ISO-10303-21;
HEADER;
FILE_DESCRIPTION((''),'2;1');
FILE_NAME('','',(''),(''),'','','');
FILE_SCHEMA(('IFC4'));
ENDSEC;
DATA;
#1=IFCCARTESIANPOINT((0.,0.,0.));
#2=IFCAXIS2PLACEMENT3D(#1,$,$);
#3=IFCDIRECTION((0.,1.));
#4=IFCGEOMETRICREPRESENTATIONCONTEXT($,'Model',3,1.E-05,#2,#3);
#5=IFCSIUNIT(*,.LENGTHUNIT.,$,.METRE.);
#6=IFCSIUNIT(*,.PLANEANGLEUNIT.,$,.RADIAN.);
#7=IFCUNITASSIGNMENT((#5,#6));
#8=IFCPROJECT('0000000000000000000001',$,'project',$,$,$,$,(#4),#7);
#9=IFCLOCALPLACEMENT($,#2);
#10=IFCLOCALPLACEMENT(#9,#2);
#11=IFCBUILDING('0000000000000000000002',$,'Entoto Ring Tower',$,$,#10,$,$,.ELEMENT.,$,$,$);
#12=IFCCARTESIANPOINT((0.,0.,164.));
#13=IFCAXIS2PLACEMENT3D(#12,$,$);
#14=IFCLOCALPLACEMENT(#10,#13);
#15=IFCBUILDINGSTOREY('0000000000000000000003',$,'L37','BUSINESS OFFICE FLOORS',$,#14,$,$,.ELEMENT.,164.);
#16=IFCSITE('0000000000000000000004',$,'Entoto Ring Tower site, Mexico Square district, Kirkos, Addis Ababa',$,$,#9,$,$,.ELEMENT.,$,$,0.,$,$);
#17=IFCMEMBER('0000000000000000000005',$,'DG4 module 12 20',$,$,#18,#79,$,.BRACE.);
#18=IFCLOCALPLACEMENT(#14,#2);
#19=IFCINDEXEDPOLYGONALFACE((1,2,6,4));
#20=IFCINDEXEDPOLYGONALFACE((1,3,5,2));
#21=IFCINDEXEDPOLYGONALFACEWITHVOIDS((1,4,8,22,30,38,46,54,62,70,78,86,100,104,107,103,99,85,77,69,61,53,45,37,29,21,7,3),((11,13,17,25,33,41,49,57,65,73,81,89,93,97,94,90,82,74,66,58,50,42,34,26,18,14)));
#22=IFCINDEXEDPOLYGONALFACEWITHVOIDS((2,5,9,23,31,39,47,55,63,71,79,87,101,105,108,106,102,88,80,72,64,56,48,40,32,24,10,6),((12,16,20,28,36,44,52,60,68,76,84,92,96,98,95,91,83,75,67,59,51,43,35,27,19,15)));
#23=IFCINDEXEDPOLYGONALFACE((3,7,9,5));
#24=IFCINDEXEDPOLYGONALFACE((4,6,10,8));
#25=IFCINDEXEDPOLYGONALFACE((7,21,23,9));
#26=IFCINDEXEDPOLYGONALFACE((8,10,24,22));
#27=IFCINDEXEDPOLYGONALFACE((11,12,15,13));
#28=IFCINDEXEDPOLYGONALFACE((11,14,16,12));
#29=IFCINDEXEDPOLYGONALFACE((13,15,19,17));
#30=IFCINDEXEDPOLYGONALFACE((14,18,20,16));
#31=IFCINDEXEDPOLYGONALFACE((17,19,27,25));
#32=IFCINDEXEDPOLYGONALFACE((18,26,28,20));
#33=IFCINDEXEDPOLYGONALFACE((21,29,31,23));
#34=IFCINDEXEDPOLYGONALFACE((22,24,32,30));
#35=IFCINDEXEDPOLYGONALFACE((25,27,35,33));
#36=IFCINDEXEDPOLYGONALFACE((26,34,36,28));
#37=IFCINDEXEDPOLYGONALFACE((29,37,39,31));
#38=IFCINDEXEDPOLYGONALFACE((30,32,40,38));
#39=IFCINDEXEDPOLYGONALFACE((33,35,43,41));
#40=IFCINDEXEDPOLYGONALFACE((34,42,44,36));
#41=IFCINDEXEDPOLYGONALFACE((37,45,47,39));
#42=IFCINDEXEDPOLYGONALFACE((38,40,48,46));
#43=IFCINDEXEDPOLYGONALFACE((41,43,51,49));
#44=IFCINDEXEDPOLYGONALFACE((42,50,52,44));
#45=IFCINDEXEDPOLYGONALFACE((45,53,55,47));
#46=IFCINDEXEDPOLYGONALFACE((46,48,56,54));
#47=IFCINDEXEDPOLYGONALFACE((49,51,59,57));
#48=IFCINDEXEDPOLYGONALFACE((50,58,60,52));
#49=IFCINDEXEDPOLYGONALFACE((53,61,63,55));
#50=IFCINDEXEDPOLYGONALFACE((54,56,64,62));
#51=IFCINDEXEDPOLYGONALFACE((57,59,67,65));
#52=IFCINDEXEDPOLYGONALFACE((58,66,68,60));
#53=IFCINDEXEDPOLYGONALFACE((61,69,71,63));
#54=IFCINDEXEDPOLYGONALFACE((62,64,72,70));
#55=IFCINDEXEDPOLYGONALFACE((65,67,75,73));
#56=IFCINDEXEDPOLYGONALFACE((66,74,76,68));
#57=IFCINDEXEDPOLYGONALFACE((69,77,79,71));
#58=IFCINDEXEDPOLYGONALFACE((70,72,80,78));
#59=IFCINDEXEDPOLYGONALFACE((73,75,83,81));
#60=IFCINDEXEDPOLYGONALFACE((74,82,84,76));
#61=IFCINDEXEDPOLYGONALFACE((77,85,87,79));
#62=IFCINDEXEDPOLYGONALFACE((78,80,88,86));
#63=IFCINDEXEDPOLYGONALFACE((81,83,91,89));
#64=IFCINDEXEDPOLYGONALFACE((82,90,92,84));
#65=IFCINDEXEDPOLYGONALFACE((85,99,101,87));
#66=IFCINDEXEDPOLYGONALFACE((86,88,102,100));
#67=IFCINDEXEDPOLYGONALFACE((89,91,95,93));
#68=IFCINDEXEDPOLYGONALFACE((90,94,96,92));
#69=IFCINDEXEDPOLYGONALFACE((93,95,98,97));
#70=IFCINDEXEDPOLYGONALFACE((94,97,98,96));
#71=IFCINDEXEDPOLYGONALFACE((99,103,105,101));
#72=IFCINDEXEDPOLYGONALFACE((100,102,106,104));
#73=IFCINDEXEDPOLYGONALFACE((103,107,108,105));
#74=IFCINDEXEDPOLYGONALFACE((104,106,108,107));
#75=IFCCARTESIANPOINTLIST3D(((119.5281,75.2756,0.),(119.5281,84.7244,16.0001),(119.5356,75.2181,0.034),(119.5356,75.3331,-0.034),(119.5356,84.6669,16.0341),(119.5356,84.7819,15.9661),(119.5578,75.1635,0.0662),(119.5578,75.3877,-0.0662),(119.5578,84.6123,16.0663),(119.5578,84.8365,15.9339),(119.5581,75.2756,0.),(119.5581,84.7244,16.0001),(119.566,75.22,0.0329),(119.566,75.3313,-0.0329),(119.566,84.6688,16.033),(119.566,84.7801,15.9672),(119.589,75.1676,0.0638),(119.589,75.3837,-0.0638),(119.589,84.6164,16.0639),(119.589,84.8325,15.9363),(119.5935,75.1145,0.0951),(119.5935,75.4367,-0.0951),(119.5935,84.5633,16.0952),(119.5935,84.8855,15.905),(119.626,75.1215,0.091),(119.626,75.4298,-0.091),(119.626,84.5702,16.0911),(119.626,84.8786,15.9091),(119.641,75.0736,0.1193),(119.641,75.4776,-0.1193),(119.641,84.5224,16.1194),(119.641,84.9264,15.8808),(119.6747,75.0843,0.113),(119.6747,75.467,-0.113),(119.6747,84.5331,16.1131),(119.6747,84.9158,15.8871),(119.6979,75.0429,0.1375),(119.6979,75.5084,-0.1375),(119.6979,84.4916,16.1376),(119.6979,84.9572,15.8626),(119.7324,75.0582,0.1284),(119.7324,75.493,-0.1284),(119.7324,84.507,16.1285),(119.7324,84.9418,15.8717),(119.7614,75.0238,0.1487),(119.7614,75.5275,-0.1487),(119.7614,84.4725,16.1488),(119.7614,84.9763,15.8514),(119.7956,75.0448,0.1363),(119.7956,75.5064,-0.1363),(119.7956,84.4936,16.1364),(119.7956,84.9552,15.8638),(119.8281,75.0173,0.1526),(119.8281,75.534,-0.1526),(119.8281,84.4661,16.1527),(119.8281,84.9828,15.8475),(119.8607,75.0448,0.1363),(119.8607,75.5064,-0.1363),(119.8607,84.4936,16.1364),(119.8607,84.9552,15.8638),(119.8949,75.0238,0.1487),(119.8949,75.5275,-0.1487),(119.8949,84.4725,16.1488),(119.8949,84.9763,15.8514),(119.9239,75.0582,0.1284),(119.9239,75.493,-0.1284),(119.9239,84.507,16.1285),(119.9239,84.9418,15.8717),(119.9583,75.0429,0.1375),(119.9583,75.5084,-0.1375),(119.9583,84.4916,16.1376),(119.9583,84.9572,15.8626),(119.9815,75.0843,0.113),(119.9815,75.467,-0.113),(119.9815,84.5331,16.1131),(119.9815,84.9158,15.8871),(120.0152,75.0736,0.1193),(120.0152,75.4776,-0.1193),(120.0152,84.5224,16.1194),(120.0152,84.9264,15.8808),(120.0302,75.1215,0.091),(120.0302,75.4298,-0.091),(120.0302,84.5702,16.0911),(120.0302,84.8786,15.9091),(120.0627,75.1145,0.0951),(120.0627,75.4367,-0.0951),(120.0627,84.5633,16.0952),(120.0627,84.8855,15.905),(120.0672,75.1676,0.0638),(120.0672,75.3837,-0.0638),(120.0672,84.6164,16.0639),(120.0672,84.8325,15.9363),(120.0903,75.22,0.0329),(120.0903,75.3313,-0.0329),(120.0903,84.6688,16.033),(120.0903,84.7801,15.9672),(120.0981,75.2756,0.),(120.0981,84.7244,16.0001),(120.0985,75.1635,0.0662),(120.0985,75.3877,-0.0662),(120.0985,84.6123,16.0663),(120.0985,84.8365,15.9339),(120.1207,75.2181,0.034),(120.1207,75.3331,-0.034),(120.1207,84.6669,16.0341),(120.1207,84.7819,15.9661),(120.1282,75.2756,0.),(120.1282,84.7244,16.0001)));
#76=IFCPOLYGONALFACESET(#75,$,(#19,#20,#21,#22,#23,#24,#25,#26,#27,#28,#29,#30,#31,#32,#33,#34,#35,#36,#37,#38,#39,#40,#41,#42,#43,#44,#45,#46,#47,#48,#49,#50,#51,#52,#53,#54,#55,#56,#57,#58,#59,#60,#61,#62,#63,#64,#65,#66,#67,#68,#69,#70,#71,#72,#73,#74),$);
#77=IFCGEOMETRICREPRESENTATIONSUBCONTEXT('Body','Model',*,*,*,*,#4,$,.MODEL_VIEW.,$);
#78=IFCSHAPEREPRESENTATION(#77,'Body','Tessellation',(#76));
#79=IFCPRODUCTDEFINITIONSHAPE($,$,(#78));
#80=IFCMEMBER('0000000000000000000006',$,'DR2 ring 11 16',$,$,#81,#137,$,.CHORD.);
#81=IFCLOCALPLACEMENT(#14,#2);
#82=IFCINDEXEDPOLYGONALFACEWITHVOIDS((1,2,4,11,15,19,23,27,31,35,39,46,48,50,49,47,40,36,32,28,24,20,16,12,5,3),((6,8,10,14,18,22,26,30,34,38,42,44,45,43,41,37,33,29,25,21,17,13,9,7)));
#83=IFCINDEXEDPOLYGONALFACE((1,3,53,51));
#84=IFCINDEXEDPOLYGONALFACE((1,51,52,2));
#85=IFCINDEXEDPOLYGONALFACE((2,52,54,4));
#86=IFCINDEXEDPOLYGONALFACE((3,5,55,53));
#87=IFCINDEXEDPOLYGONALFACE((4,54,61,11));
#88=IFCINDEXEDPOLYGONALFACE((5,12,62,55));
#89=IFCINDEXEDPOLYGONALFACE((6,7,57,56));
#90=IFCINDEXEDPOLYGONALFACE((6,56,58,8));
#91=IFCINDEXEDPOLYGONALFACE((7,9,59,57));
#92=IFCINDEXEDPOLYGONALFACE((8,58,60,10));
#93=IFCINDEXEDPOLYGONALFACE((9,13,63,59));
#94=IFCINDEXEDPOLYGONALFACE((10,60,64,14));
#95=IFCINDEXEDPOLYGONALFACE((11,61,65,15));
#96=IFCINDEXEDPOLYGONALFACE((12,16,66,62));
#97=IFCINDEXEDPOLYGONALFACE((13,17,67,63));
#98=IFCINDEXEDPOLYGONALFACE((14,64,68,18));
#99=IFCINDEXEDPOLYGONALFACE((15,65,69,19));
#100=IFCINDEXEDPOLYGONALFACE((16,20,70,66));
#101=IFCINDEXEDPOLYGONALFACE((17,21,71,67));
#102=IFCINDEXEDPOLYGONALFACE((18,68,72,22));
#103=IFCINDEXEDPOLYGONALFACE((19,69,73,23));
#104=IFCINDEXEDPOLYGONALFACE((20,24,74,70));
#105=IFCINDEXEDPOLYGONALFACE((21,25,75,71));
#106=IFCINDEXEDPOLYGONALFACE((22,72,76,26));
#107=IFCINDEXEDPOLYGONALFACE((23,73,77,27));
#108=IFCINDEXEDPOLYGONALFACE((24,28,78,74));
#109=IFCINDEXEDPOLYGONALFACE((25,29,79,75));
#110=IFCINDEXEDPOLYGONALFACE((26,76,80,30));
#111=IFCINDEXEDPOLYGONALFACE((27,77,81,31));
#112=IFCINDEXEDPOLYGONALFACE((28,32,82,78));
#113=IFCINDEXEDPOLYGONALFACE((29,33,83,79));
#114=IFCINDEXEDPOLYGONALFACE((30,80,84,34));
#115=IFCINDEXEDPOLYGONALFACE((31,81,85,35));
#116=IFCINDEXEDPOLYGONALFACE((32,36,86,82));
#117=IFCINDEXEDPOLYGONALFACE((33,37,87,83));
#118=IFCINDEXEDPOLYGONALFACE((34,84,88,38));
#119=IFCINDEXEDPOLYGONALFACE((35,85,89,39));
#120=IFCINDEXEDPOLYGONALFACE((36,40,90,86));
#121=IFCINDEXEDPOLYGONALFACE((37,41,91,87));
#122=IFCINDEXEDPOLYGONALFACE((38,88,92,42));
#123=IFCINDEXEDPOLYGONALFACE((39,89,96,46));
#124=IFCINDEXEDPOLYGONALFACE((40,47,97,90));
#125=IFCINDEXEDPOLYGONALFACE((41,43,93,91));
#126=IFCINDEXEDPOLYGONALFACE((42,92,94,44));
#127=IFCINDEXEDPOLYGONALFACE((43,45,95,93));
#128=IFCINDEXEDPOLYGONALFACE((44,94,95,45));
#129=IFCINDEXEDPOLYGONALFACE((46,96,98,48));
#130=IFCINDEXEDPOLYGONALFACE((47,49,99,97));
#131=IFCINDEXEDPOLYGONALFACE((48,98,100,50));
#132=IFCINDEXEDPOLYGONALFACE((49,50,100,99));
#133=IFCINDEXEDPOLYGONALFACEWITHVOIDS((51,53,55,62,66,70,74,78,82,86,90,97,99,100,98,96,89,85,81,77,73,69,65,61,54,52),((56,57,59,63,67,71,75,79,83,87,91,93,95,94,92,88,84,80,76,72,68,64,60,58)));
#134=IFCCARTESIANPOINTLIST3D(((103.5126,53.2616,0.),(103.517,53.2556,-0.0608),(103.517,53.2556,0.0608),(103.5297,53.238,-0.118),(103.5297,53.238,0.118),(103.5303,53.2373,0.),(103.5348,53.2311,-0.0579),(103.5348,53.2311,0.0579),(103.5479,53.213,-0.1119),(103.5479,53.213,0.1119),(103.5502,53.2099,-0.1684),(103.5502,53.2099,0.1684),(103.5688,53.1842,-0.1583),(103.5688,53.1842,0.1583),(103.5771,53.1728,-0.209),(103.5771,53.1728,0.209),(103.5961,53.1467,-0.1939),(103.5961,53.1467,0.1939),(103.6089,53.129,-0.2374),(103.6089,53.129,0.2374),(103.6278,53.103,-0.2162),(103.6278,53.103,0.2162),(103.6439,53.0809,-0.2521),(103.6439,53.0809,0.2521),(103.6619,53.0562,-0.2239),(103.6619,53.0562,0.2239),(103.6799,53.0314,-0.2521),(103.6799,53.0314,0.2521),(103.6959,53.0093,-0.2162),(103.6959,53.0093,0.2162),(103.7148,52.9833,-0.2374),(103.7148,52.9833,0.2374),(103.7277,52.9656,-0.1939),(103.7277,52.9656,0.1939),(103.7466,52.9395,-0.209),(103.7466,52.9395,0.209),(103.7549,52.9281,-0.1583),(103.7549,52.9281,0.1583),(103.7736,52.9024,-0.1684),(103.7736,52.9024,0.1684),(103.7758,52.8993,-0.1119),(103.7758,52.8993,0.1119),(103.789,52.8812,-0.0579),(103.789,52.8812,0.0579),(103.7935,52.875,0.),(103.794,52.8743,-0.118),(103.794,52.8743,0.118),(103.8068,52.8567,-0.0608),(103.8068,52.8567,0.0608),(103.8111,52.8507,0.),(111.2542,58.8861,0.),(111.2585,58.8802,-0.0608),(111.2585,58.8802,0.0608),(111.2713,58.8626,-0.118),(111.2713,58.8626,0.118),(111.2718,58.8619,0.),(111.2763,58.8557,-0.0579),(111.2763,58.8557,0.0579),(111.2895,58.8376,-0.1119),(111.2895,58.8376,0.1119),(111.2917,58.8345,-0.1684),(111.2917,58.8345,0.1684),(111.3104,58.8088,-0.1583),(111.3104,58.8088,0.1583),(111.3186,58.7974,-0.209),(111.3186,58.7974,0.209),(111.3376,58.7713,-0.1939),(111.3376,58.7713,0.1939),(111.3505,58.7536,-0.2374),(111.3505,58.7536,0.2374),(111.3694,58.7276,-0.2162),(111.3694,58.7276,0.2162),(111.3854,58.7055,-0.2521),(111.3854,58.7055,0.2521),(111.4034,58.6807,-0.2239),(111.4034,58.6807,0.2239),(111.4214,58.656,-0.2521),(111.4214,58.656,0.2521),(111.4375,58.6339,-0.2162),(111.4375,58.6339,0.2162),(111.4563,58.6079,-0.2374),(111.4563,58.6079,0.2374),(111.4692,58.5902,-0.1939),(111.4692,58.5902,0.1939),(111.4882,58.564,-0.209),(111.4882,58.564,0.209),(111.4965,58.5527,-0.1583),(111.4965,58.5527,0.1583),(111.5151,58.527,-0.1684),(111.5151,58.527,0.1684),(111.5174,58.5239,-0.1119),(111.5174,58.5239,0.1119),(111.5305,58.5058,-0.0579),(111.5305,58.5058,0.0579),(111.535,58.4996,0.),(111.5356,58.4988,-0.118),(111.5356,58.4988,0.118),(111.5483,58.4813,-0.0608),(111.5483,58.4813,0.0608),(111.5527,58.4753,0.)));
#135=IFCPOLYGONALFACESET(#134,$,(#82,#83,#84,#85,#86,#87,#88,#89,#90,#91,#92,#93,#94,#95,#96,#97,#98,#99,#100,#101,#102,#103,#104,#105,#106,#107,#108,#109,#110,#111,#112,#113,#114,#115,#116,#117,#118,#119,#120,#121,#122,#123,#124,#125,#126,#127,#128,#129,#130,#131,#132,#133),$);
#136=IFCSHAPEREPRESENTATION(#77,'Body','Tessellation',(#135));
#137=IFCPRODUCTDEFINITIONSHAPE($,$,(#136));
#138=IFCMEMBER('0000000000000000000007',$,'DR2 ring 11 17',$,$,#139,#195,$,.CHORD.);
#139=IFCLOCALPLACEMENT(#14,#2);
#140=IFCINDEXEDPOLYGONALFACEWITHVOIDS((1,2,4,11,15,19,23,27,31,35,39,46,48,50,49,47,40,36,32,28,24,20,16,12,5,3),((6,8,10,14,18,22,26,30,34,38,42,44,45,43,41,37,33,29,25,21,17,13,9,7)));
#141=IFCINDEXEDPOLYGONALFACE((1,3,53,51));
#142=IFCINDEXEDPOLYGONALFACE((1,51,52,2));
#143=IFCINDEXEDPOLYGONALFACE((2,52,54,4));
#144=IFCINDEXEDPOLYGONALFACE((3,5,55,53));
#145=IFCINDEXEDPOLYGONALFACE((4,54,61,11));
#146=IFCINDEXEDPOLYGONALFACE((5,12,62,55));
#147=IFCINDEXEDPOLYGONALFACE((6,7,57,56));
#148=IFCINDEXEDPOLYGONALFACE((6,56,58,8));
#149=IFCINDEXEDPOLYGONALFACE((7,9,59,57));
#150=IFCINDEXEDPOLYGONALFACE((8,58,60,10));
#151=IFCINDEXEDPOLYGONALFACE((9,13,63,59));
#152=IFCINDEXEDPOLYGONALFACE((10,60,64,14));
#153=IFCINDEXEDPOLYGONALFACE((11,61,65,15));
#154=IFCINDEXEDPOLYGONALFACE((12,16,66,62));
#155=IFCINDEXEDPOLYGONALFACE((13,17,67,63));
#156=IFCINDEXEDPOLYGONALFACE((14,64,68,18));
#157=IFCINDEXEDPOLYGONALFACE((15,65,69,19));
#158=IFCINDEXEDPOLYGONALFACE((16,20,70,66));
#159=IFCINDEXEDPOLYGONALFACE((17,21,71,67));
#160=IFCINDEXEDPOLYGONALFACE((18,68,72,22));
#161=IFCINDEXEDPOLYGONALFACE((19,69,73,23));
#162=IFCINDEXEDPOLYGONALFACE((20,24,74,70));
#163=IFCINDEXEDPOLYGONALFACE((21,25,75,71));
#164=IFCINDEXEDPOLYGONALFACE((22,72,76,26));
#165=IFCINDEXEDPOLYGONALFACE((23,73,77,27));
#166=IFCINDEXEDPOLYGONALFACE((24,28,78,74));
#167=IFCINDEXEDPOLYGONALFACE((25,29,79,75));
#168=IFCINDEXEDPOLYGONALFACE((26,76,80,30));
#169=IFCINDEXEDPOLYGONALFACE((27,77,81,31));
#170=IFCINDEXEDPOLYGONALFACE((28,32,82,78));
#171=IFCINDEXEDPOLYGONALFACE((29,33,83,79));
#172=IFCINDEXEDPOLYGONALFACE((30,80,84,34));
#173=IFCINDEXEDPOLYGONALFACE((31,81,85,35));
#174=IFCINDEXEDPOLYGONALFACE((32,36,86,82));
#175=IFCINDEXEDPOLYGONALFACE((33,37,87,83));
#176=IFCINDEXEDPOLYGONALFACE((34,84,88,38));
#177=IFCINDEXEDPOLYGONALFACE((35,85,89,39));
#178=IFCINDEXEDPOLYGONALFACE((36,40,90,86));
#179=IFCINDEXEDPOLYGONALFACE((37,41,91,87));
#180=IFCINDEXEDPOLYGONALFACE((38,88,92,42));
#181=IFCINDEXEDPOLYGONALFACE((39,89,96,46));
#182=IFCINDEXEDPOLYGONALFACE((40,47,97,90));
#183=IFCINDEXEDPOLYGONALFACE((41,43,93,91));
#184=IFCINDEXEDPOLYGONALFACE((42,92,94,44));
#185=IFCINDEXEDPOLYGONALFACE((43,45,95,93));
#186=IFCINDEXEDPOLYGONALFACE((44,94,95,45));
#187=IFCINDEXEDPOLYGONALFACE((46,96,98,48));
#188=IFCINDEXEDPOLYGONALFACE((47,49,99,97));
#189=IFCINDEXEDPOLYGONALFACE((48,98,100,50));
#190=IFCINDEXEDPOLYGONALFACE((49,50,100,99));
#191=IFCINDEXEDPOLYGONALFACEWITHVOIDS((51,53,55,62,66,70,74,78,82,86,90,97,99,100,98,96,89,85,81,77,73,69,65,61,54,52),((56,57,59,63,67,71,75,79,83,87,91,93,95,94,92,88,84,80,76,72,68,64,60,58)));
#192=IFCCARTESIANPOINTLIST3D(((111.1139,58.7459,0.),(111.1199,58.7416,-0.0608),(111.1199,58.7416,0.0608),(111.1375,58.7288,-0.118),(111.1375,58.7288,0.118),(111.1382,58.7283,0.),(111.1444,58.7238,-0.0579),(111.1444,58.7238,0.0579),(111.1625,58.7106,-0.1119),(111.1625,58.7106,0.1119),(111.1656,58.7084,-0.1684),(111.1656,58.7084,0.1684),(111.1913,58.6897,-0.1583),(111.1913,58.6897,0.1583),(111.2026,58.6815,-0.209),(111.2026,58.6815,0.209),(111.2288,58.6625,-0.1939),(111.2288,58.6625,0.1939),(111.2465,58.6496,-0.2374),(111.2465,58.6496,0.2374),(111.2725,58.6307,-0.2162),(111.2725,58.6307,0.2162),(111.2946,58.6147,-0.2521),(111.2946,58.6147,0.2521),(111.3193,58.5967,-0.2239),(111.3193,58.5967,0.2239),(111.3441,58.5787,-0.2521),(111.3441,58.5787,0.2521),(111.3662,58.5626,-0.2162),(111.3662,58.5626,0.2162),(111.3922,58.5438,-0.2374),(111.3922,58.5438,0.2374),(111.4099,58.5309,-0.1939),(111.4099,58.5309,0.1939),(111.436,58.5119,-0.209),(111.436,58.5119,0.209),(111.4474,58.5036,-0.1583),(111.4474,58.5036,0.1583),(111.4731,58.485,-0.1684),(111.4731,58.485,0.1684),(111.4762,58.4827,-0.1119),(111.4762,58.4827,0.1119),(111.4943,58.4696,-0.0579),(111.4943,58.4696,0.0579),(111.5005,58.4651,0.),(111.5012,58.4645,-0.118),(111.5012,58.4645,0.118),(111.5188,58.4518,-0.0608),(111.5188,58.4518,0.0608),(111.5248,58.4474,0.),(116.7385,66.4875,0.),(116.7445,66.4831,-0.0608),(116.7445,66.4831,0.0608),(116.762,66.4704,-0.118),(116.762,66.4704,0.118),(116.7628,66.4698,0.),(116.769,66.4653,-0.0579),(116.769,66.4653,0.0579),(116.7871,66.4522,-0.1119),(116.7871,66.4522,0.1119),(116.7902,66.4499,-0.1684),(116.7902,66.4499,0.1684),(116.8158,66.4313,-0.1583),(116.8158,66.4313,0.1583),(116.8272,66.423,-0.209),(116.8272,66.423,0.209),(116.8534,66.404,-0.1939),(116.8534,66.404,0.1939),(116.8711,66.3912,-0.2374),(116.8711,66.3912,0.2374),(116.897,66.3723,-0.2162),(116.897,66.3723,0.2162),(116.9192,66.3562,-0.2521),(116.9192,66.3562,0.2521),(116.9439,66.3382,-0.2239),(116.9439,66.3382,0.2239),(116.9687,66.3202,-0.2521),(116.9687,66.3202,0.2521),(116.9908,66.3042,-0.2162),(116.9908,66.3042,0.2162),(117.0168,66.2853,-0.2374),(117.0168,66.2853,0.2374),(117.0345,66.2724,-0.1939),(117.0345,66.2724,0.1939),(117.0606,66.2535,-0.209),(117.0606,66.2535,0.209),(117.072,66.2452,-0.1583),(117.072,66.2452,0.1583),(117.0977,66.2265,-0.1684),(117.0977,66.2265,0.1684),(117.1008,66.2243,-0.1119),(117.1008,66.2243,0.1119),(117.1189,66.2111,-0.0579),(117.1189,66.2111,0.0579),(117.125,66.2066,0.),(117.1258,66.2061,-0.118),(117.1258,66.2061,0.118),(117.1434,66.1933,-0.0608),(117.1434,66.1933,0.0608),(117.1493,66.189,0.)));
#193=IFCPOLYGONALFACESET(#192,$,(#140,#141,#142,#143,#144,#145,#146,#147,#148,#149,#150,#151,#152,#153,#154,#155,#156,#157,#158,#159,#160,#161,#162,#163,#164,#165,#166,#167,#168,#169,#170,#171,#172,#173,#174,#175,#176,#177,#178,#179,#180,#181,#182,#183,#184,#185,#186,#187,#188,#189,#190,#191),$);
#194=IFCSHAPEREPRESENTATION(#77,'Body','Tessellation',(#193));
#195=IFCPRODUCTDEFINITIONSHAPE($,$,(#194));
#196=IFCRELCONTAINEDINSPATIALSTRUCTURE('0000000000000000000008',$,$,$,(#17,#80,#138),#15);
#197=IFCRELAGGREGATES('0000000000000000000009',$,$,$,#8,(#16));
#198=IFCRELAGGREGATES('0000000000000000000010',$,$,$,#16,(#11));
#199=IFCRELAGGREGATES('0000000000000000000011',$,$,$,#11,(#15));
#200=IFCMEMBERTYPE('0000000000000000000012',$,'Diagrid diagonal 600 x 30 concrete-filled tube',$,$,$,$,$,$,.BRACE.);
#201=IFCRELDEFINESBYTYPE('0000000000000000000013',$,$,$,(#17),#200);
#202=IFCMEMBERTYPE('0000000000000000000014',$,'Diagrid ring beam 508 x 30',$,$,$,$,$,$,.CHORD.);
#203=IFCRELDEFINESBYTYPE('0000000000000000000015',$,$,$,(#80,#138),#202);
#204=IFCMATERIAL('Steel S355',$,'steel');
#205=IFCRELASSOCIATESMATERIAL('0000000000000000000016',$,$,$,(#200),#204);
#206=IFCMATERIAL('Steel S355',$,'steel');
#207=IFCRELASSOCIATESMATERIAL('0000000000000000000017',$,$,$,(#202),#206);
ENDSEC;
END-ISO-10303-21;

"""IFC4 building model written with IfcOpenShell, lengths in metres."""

from ifc_helpers import new_model, si_unit, direction, frame, origin, origin_2d, place, context, subcontext, project, spatial, circle, hollow_circle, extrude, material, material_profile, profile_set, type_object, element, save


model = new_model("IFC4")

# Units and contexts
model_context = context("Model", 3, precision=1e-05, world=origin(), true_north=direction((0.0, 1.0)))
body_context = subcontext(model_context, "Body", "Model", "MODEL_VIEW")
ifc_project = project(units=[si_unit("LENGTHUNIT", "METRE"), si_unit("PLANEANGLEUNIT", "RADIAN")], contexts=[model_context])

# Site, building, storey
site_placement = place(None, origin())
site = spatial("IfcSite", under=ifc_project, at=site_placement, Name="Entoto Ring Tower site, Mexico Square district, Kirkos, Addis Ababa", CompositionType="ELEMENT", RefElevation=0.0)
building_placement = place(site_placement, origin())
building = spatial("IfcBuilding", under=site, at=building_placement, Name="Entoto Ring Tower", CompositionType="ELEMENT")
storey_placement = place(building_placement, frame((0.0, 0.0, 164.0)))
storey = spatial("IfcBuildingStorey", under=building, at=storey_placement, Name="L37", Description="BUSINESS OFFICE FLOORS", CompositionType="ELEMENT", Elevation=164.0)

# Members
ifc_material_1 = material(Name="Steel S355", Category="steel")
ifc_material_profile_1 = material_profile(ifc_material_1, hollow_circle(Radius=0.3, WallThickness=0.03, at=origin_2d()), Name="CHS 600 x 30")
ifc_material_2 = material(Name="Concrete C60/75", Category="concrete")
ifc_material_profile_2 = material_profile(ifc_material_2, circle(Radius=0.27, at=origin_2d()), Name="Concrete C60/75 infill")
ifc_profile_set_1 = profile_set([ifc_material_profile_1, ifc_material_profile_2], Name="Steel S355")
member_type_1 = type_object("IfcMemberType", Name="Diagrid diagonal 600 x 30 concrete-filled tube", PredefinedType="BRACE", material=ifc_profile_set_1)
member_1_placement = place(storey_placement, frame((119.8281, 75.2756, 0.0), z_axis=(0.0, 0.508497, 0.861064), x_axis=(-1.0, 0.0, 0.0)))
element("IfcMember", 1, at=member_1_placement, inside=storey, type_object=member_type_1, Name="DG4 module 12 20", PredefinedType="BRACE", context=body_context, shape_type="SweptSolid", body=[
    extrude(hollow_circle(Radius=0.3, WallThickness=0.03, at=origin_2d()), origin(), (0.0, 0.0, 1.0), 18.5818),
])
ifc_material_3 = material(Name="Steel S355", Category="steel")
ifc_material_profile_3 = material_profile(ifc_material_3, hollow_circle(Radius=0.2539, WallThickness=0.03, at=origin_2d()), Name="CHS 508 x 30")
ifc_material_4 = material(Name="Concrete C60/75", Category="concrete")
ifc_material_profile_4 = material_profile(ifc_material_4, circle(Radius=0.2241, at=origin_2d()), Name="Concrete C60/75 infill")
ifc_profile_set_2 = profile_set([ifc_material_profile_3, ifc_material_profile_4], Name="Steel S355")
member_type_2 = type_object("IfcMemberType", Name="Diagrid ring beam 508 x 30", PredefinedType="CHORD", material=ifc_profile_set_2)
for number, where, z_axis, x_axis, name in (
    (2, (103.6619, 53.0562, 0.0), (0.809016, 0.587786, 0.0), (-0.587786, 0.809016, 0.0), "DR2 ring 11 16"),
    (3, (111.3193, 58.5967, 0.0), (0.587786, 0.809016, 0.0), (-0.809016, 0.587786, 0.0), "DR2 ring 11 17"),
):
    element("IfcMember", number, at=place(storey_placement, frame(where, z_axis=z_axis, x_axis=x_axis)), inside=storey, type_object=member_type_2, Name=name, PredefinedType="CHORD", context=body_context, shape_type="SweptSolid", body=[
        extrude(hollow_circle(Radius=0.2539, WallThickness=0.03, at=origin_2d()), origin(), (0.0, 0.0, 1.0), 9.5691),
    ])

save(model, "model.ifc")
